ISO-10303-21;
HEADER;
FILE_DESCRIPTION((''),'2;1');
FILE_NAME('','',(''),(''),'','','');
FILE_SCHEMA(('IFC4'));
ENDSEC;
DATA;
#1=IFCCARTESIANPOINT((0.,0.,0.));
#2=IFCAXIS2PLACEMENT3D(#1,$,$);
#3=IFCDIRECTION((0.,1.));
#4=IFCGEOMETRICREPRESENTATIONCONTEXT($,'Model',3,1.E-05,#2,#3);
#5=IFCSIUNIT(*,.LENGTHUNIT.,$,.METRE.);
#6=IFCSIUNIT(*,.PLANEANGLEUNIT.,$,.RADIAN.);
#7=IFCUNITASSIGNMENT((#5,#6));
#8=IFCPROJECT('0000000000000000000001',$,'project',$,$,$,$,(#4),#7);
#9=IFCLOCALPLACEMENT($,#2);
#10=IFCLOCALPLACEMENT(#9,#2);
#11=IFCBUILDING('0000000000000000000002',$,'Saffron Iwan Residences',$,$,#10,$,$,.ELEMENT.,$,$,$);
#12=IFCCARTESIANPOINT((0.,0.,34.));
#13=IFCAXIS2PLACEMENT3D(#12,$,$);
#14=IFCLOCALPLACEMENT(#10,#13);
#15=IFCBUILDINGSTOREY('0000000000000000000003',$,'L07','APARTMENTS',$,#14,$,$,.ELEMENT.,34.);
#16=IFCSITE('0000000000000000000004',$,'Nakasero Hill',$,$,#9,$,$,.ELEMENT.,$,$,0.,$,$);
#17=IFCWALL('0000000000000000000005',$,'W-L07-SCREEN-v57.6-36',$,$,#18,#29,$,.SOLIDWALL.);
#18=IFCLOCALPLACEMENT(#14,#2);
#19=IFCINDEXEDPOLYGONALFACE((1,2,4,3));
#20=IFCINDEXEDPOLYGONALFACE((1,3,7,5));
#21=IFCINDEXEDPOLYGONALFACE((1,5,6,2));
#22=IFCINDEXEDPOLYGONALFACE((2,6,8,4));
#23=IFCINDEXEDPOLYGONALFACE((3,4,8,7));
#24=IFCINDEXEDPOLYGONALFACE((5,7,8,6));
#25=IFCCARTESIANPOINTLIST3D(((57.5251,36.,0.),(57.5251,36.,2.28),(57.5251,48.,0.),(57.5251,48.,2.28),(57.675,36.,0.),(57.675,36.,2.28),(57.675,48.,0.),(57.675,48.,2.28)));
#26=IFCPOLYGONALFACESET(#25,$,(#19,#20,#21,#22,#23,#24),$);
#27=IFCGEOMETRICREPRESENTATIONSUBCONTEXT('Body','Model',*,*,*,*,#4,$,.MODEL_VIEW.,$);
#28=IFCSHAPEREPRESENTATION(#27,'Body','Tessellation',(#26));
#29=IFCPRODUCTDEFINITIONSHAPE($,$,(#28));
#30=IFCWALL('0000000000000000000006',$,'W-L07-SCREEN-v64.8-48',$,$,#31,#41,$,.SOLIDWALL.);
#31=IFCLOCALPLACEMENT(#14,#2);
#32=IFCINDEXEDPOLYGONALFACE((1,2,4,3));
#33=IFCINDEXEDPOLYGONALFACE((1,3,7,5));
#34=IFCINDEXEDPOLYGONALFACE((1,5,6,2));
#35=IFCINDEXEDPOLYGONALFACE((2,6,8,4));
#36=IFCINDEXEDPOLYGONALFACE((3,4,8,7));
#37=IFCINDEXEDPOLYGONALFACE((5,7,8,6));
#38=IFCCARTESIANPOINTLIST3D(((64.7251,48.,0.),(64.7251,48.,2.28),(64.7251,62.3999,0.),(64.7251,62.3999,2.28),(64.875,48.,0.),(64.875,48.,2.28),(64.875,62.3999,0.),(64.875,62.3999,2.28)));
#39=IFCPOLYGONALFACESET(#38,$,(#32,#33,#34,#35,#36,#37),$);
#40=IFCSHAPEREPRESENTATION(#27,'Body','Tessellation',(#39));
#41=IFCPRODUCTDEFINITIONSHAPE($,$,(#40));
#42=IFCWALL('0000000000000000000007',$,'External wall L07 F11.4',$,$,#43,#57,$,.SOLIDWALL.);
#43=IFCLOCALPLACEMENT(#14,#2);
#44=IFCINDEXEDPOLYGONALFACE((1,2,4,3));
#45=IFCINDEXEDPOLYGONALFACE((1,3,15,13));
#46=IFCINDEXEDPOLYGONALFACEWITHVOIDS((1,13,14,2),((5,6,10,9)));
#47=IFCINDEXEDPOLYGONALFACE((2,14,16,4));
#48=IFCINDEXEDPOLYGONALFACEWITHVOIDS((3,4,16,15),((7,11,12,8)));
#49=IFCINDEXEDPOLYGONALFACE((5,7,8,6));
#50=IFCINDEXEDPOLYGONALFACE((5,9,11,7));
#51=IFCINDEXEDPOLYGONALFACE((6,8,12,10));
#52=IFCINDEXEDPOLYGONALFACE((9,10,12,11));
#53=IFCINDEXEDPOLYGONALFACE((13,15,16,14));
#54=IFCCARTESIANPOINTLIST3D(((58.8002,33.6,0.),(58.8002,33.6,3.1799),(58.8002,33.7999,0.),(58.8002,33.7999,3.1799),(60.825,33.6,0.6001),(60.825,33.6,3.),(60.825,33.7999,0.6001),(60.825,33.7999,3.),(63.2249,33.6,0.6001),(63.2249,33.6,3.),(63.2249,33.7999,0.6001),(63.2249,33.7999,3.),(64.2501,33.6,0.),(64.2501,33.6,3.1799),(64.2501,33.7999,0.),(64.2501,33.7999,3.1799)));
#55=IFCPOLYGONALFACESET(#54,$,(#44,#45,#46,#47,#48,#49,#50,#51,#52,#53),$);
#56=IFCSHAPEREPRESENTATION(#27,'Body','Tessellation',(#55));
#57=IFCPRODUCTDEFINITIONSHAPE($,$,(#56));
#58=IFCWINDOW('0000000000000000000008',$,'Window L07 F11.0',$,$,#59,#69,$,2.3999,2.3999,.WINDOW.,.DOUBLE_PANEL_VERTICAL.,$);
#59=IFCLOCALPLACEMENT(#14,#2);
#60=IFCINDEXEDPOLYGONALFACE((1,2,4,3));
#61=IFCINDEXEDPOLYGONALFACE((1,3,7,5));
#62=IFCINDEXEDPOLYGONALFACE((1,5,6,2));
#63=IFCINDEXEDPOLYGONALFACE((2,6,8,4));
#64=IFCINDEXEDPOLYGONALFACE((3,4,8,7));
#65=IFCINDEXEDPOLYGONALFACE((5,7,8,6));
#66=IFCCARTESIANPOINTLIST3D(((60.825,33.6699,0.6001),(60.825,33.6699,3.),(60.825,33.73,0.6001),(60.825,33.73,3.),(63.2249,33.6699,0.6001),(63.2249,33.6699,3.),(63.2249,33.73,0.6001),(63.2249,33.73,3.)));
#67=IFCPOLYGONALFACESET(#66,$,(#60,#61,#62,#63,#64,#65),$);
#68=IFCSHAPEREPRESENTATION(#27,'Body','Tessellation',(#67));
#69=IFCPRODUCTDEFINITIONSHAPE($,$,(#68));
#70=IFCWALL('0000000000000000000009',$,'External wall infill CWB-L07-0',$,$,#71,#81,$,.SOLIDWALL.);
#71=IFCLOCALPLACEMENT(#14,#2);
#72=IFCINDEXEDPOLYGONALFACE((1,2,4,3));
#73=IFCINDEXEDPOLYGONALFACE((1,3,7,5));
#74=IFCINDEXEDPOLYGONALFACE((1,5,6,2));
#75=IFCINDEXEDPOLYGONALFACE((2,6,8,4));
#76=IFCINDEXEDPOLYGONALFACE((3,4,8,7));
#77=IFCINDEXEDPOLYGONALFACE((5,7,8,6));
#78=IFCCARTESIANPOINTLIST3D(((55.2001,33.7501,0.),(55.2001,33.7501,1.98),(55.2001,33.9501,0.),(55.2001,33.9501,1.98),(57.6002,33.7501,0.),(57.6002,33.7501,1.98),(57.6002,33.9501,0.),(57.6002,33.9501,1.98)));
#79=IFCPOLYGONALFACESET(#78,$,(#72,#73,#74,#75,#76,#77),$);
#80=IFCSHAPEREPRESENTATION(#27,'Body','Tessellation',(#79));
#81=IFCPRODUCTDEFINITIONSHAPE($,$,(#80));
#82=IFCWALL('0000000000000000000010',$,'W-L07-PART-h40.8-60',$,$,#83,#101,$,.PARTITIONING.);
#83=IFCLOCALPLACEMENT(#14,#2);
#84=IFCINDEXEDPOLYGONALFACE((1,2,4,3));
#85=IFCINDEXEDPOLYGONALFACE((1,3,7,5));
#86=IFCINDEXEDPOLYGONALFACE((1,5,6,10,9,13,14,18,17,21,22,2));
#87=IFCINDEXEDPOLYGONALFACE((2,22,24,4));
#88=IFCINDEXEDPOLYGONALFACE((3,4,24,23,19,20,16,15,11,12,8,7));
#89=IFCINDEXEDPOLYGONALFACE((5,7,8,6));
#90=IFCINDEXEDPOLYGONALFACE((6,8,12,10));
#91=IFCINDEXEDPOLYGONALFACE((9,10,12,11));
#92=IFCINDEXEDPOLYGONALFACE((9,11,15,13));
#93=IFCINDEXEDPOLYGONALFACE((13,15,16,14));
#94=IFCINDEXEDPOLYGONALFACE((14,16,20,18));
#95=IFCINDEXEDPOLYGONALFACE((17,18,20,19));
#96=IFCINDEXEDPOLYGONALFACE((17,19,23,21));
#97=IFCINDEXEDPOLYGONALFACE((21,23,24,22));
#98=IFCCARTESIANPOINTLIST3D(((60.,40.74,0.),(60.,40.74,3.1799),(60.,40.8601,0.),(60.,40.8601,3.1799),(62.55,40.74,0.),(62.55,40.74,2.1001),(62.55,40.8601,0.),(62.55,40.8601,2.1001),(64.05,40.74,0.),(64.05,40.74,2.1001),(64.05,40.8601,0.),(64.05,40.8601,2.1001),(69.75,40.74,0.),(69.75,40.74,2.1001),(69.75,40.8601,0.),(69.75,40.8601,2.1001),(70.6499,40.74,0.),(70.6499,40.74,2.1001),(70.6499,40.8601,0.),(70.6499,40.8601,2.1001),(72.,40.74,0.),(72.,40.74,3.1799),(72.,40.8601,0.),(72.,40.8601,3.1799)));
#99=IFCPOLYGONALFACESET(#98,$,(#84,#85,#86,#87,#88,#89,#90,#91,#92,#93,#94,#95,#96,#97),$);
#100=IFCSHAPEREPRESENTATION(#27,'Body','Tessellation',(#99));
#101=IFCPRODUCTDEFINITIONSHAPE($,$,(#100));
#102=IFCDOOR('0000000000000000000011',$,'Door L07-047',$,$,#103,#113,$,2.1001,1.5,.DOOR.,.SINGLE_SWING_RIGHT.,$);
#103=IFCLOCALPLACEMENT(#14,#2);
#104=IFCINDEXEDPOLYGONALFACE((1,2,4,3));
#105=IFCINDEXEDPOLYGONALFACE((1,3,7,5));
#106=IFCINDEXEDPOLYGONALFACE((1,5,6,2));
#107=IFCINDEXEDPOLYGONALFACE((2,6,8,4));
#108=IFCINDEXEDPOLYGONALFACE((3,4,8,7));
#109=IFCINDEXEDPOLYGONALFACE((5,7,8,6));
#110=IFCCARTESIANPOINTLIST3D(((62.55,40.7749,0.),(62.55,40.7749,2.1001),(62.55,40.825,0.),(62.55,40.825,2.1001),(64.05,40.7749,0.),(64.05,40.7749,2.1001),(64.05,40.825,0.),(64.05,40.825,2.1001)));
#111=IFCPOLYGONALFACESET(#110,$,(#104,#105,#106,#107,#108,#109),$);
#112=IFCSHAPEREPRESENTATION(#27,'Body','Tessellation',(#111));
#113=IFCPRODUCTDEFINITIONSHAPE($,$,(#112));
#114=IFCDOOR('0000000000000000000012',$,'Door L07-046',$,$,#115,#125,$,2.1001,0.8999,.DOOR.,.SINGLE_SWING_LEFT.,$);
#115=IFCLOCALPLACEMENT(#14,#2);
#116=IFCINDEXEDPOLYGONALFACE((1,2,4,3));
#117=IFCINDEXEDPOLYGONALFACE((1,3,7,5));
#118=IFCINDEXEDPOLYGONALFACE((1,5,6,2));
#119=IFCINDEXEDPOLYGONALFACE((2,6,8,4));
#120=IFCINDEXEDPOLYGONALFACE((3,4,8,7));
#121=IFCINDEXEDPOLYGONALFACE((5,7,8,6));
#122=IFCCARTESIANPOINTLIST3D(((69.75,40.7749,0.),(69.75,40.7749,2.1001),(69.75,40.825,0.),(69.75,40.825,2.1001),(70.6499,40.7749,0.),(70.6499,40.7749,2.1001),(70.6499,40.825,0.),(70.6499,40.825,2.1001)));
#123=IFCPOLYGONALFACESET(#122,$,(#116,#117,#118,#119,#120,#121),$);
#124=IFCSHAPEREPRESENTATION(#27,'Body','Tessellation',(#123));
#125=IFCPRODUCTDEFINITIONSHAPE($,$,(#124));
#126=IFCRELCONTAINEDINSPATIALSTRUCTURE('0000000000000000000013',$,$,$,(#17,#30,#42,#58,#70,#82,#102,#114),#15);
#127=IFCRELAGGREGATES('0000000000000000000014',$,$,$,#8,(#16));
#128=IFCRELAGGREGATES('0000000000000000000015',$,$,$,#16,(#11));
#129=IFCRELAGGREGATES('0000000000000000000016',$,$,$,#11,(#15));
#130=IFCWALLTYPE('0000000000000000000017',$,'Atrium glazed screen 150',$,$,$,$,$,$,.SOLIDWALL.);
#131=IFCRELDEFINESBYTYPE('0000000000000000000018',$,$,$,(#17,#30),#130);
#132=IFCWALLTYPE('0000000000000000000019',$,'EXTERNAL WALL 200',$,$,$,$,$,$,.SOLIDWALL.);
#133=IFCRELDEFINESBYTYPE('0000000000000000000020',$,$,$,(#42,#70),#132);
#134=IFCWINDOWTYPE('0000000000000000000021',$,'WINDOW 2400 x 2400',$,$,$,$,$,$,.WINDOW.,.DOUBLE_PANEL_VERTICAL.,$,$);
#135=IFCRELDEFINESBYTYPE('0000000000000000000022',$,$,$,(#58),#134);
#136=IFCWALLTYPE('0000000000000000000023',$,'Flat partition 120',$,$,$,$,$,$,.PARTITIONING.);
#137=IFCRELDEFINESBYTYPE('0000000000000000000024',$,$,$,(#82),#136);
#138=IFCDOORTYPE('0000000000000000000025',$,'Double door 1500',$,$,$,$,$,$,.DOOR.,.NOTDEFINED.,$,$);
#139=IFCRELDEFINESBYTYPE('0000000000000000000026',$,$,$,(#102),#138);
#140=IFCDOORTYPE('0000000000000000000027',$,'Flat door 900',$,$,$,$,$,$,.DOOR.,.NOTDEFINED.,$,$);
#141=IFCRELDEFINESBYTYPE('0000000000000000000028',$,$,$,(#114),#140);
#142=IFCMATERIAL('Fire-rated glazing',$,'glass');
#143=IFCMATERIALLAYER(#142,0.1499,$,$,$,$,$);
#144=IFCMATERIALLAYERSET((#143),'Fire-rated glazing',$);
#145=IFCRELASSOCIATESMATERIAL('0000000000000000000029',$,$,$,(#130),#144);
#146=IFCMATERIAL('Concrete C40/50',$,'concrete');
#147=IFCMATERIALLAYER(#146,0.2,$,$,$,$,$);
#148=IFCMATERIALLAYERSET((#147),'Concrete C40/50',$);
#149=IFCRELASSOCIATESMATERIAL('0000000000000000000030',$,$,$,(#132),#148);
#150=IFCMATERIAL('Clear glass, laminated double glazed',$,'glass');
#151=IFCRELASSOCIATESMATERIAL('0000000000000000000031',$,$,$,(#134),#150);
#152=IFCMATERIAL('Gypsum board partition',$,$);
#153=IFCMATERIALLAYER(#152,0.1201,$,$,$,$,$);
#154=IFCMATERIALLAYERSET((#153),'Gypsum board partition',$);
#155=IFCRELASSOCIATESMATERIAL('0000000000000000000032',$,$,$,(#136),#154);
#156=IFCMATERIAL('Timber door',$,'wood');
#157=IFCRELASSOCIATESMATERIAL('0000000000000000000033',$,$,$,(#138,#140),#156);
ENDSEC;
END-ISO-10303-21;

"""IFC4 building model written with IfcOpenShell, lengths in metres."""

from ifc_helpers import new_model, si_unit, direction, frame, frame_2d, origin, place, context, subcontext, project, spatial, rectangle, extrude, material, layer, layer_set, type_object, element, fill, save


model = new_model("IFC4")

# Units and contexts
model_context = context("Model", 3, precision=1e-05, world=origin(), true_north=direction((0.0, 1.0)))
body_context = subcontext(model_context, "Body", "Model", "MODEL_VIEW")
ifc_project = project(units=[si_unit("LENGTHUNIT", "METRE"), si_unit("PLANEANGLEUNIT", "RADIAN")], contexts=[model_context])

# Site, building, storey
site_placement = place(None, origin())
site = spatial("IfcSite", under=ifc_project, at=site_placement, Name="Nakasero Hill", CompositionType="ELEMENT", RefElevation=0.0)
building_placement = place(site_placement, origin())
building = spatial("IfcBuilding", under=site, at=building_placement, Name="Saffron Iwan Residences", CompositionType="ELEMENT")
storey_placement = place(building_placement, frame((0.0, 0.0, 34.0)))
storey = spatial("IfcBuildingStorey", under=building, at=storey_placement, Name="L07", Description="APARTMENTS", CompositionType="ELEMENT", Elevation=34.0)

# Shared definitions
ifc_material_1 = material(Name="Clear glass, laminated double glazed", Category="glass")

# Walls
ifc_material_2 = material(Name="Fire-rated glazing", Category="glass")
ifc_layer_1 = layer(ifc_material_2, 0.1499)
ifc_layer_set_1 = layer_set([ifc_layer_1], Name="Fire-rated glazing")
wall_type_1 = type_object("IfcWallType", Name="Atrium glazed screen 150", PredefinedType="SOLIDWALL", material=ifc_layer_set_1)
wall_1_placement = place(storey_placement, frame((57.6001, 36.0, 0.0), z_axis=(0.0, 0.0, 1.0), x_axis=(0.0, 1.0, 0.0)))
element("IfcWall", 1, at=wall_1_placement, inside=storey, type_object=wall_type_1, Name="W-L07-SCREEN-v57.6-36", PredefinedType="SOLIDWALL", context=body_context, shape_type="SweptSolid", body=[
    extrude(rectangle(XDim=12.0, YDim=0.1499, at=frame_2d((6.0, 0.0))), origin(), (0.0, 0.0, 1.0), 2.28),
])
wall_2_placement = place(storey_placement, frame((64.8, 48.0, 0.0), z_axis=(0.0, 0.0, 1.0), x_axis=(0.0, 1.0, 0.0)))
element("IfcWall", 2, at=wall_2_placement, inside=storey, type_object=wall_type_1, Name="W-L07-SCREEN-v64.8-48", PredefinedType="SOLIDWALL", context=body_context, shape_type="SweptSolid", body=[
    extrude(rectangle(XDim=14.3999, YDim=0.1499, at=frame_2d((7.2, 0.0))), origin(), (0.0, 0.0, 1.0), 2.28),
])

# Wall, opening, window
ifc_material_3 = material(Name="Concrete C40/50", Category="concrete")
ifc_layer_2 = layer(ifc_material_3, 0.2)
ifc_layer_set_2 = layer_set([ifc_layer_2], Name="Concrete C40/50")
wall_type_2 = type_object("IfcWallType", Name="EXTERNAL WALL 200", PredefinedType="SOLIDWALL", material=ifc_layer_set_2)
wall_3_placement = place(storey_placement, frame((58.8, 33.7, 0.0), z_axis=(0.0, 0.0, 1.0), x_axis=(1.0, 0.0, 0.0)))
wall_3 = element("IfcWall", 3, at=wall_3_placement, inside=storey, type_object=wall_type_2, Name="External wall L07 F11.4", PredefinedType="SOLIDWALL", context=body_context, shape_type="SweptSolid", body=[
    extrude(rectangle(XDim=5.45, YDim=0.2, at=frame_2d((2.7251, 0.0))), origin(), (0.0, 0.0, 1.0), 3.1799),
])
opening_1_placement = place(wall_3_placement, frame((2.0249, 0.0, 0.6001)))
opening_1 = element("IfcOpeningElement", 4, at=opening_1_placement, cuts=wall_3, PredefinedType="OPENING", context=body_context, shape_type="SweptSolid", body=[
    extrude(rectangle(XDim=2.3999, YDim=2.3999, at=frame_2d((1.2, 1.2))), frame((0.0, 0.1099, 0.0), z_axis=(0.0, -1.0, 0.0), x_axis=(1.0, 0.0, 0.0)), (0.0, 0.0, 1.0), 0.22),
])
window_type = type_object("IfcWindowType", Name="WINDOW 2400 x 2400", PartitioningType="DOUBLE_PANEL_VERTICAL", PredefinedType="WINDOW", material=ifc_material_1)
window_placement = place(opening_1_placement, origin())
window = element("IfcWindow", 5, at=window_placement, inside=storey, type_object=window_type, Name="Window L07 F11.0", OverallHeight=2.3999, OverallWidth=2.3999, PartitioningType="DOUBLE_PANEL_VERTICAL", PredefinedType="WINDOW", context=body_context, shape_type="SweptSolid", body=[
    extrude(rectangle(XDim=2.3999, YDim=2.3999, at=frame_2d((1.2, 1.2))), frame((0.0, 0.03, 0.0), z_axis=(0.0, -1.0, 0.0), x_axis=(1.0, 0.0, 0.0)), (0.0, 0.0, 1.0), 0.0601),
])
fill(opening_1, window)

# Wall
wall_4_placement = place(storey_placement, frame((55.2, 33.8501, 0.0), z_axis=(0.0, 0.0, 1.0), x_axis=(1.0, 0.0, 0.0)))
element("IfcWall", 6, at=wall_4_placement, inside=storey, type_object=wall_type_2, Name="External wall infill CWB-L07-0", PredefinedType="SOLIDWALL", context=body_context, shape_type="SweptSolid", body=[
    extrude(rectangle(XDim=2.4001, YDim=0.2, at=frame_2d((1.2002, 0.0))), origin(), (0.0, 0.0, 1.0), 1.98),
])

# Wall, openings, doors
ifc_material_4 = material(Name="Gypsum board partition")
ifc_layer_3 = layer(ifc_material_4, 0.1201)
ifc_layer_set_3 = layer_set([ifc_layer_3], Name="Gypsum board partition")
wall_type_3 = type_object("IfcWallType", Name="Flat partition 120", PredefinedType="PARTITIONING", material=ifc_layer_set_3)
wall_5_placement = place(storey_placement, frame((60.0, 40.8, 0.0), z_axis=(0.0, 0.0, 1.0), x_axis=(1.0, 0.0, 0.0)))
wall_5 = element("IfcWall", 7, at=wall_5_placement, inside=storey, type_object=wall_type_3, Name="W-L07-PART-h40.8-60", PredefinedType="PARTITIONING", context=body_context, shape_type="SweptSolid", body=[
    extrude(rectangle(XDim=12.0, YDim=0.1201, at=frame_2d((6.0, 0.0))), origin(), (0.0, 0.0, 1.0), 3.1799),
])
opening_2_placement = place(wall_5_placement, frame((9.75, 0.0, 0.0)))
opening_2 = element("IfcOpeningElement", 8, at=opening_2_placement, cuts=wall_5, PredefinedType="OPENING", context=body_context, shape_type="SweptSolid", body=[
    extrude(rectangle(XDim=0.8999, YDim=2.1001, at=frame_2d((0.45, 1.05))), frame((0.0, 0.0701, 0.0), z_axis=(0.0, -1.0, 0.0), x_axis=(1.0, 0.0, 0.0)), (0.0, 0.0, 1.0), 0.1401),
])
opening_3_placement = place(wall_5_placement, frame((2.55, 0.0, 0.0)))
opening_3 = element("IfcOpeningElement", 9, at=opening_3_placement, cuts=wall_5, PredefinedType="OPENING", context=body_context, shape_type="SweptSolid", body=[
    extrude(rectangle(XDim=1.5, YDim=2.1001, at=frame_2d((0.75, 1.05))), frame((0.0, 0.0701, 0.0), z_axis=(0.0, -1.0, 0.0), x_axis=(1.0, 0.0, 0.0)), (0.0, 0.0, 1.0), 0.1401),
])
ifc_material_5 = material(Name="Timber door", Category="wood")
door_type_1 = type_object("IfcDoorType", Name="Double door 1500", OperationType="NOTDEFINED", PredefinedType="DOOR", material=ifc_material_5)
door_1_placement = place(opening_3_placement, origin())
door_1 = element("IfcDoor", 10, at=door_1_placement, inside=storey, type_object=door_type_1, Name="Door L07-047", OperationType="SINGLE_SWING_RIGHT", OverallHeight=2.1001, OverallWidth=1.5, PredefinedType="DOOR", context=body_context, shape_type="SweptSolid", body=[
    extrude(rectangle(XDim=1.5, YDim=2.1001, at=frame_2d((0.75, 1.05))), frame((0.0, 0.0249, 0.0), z_axis=(0.0, -1.0, 0.0), x_axis=(1.0, 0.0, 0.0)), (0.0, 0.0, 1.0), 0.05),
])
fill(opening_3, door_1)
door_type_2 = type_object("IfcDoorType", Name="Flat door 900", OperationType="NOTDEFINED", PredefinedType="DOOR", material=ifc_material_5)
door_2_placement = place(opening_2_placement, origin())
door_2 = element("IfcDoor", 11, at=door_2_placement, inside=storey, type_object=door_type_2, Name="Door L07-046", OperationType="SINGLE_SWING_LEFT", OverallHeight=2.1001, OverallWidth=0.8999, PredefinedType="DOOR", context=body_context, shape_type="SweptSolid", body=[
    extrude(rectangle(XDim=0.8999, YDim=2.1001, at=frame_2d((0.45, 1.05))), frame((0.0, 0.0249, 0.0), z_axis=(0.0, -1.0, 0.0), x_axis=(1.0, 0.0, 0.0)), (0.0, 0.0, 1.0), 0.05),
])
fill(opening_2, door_2)

save(model, "model.ifc")
